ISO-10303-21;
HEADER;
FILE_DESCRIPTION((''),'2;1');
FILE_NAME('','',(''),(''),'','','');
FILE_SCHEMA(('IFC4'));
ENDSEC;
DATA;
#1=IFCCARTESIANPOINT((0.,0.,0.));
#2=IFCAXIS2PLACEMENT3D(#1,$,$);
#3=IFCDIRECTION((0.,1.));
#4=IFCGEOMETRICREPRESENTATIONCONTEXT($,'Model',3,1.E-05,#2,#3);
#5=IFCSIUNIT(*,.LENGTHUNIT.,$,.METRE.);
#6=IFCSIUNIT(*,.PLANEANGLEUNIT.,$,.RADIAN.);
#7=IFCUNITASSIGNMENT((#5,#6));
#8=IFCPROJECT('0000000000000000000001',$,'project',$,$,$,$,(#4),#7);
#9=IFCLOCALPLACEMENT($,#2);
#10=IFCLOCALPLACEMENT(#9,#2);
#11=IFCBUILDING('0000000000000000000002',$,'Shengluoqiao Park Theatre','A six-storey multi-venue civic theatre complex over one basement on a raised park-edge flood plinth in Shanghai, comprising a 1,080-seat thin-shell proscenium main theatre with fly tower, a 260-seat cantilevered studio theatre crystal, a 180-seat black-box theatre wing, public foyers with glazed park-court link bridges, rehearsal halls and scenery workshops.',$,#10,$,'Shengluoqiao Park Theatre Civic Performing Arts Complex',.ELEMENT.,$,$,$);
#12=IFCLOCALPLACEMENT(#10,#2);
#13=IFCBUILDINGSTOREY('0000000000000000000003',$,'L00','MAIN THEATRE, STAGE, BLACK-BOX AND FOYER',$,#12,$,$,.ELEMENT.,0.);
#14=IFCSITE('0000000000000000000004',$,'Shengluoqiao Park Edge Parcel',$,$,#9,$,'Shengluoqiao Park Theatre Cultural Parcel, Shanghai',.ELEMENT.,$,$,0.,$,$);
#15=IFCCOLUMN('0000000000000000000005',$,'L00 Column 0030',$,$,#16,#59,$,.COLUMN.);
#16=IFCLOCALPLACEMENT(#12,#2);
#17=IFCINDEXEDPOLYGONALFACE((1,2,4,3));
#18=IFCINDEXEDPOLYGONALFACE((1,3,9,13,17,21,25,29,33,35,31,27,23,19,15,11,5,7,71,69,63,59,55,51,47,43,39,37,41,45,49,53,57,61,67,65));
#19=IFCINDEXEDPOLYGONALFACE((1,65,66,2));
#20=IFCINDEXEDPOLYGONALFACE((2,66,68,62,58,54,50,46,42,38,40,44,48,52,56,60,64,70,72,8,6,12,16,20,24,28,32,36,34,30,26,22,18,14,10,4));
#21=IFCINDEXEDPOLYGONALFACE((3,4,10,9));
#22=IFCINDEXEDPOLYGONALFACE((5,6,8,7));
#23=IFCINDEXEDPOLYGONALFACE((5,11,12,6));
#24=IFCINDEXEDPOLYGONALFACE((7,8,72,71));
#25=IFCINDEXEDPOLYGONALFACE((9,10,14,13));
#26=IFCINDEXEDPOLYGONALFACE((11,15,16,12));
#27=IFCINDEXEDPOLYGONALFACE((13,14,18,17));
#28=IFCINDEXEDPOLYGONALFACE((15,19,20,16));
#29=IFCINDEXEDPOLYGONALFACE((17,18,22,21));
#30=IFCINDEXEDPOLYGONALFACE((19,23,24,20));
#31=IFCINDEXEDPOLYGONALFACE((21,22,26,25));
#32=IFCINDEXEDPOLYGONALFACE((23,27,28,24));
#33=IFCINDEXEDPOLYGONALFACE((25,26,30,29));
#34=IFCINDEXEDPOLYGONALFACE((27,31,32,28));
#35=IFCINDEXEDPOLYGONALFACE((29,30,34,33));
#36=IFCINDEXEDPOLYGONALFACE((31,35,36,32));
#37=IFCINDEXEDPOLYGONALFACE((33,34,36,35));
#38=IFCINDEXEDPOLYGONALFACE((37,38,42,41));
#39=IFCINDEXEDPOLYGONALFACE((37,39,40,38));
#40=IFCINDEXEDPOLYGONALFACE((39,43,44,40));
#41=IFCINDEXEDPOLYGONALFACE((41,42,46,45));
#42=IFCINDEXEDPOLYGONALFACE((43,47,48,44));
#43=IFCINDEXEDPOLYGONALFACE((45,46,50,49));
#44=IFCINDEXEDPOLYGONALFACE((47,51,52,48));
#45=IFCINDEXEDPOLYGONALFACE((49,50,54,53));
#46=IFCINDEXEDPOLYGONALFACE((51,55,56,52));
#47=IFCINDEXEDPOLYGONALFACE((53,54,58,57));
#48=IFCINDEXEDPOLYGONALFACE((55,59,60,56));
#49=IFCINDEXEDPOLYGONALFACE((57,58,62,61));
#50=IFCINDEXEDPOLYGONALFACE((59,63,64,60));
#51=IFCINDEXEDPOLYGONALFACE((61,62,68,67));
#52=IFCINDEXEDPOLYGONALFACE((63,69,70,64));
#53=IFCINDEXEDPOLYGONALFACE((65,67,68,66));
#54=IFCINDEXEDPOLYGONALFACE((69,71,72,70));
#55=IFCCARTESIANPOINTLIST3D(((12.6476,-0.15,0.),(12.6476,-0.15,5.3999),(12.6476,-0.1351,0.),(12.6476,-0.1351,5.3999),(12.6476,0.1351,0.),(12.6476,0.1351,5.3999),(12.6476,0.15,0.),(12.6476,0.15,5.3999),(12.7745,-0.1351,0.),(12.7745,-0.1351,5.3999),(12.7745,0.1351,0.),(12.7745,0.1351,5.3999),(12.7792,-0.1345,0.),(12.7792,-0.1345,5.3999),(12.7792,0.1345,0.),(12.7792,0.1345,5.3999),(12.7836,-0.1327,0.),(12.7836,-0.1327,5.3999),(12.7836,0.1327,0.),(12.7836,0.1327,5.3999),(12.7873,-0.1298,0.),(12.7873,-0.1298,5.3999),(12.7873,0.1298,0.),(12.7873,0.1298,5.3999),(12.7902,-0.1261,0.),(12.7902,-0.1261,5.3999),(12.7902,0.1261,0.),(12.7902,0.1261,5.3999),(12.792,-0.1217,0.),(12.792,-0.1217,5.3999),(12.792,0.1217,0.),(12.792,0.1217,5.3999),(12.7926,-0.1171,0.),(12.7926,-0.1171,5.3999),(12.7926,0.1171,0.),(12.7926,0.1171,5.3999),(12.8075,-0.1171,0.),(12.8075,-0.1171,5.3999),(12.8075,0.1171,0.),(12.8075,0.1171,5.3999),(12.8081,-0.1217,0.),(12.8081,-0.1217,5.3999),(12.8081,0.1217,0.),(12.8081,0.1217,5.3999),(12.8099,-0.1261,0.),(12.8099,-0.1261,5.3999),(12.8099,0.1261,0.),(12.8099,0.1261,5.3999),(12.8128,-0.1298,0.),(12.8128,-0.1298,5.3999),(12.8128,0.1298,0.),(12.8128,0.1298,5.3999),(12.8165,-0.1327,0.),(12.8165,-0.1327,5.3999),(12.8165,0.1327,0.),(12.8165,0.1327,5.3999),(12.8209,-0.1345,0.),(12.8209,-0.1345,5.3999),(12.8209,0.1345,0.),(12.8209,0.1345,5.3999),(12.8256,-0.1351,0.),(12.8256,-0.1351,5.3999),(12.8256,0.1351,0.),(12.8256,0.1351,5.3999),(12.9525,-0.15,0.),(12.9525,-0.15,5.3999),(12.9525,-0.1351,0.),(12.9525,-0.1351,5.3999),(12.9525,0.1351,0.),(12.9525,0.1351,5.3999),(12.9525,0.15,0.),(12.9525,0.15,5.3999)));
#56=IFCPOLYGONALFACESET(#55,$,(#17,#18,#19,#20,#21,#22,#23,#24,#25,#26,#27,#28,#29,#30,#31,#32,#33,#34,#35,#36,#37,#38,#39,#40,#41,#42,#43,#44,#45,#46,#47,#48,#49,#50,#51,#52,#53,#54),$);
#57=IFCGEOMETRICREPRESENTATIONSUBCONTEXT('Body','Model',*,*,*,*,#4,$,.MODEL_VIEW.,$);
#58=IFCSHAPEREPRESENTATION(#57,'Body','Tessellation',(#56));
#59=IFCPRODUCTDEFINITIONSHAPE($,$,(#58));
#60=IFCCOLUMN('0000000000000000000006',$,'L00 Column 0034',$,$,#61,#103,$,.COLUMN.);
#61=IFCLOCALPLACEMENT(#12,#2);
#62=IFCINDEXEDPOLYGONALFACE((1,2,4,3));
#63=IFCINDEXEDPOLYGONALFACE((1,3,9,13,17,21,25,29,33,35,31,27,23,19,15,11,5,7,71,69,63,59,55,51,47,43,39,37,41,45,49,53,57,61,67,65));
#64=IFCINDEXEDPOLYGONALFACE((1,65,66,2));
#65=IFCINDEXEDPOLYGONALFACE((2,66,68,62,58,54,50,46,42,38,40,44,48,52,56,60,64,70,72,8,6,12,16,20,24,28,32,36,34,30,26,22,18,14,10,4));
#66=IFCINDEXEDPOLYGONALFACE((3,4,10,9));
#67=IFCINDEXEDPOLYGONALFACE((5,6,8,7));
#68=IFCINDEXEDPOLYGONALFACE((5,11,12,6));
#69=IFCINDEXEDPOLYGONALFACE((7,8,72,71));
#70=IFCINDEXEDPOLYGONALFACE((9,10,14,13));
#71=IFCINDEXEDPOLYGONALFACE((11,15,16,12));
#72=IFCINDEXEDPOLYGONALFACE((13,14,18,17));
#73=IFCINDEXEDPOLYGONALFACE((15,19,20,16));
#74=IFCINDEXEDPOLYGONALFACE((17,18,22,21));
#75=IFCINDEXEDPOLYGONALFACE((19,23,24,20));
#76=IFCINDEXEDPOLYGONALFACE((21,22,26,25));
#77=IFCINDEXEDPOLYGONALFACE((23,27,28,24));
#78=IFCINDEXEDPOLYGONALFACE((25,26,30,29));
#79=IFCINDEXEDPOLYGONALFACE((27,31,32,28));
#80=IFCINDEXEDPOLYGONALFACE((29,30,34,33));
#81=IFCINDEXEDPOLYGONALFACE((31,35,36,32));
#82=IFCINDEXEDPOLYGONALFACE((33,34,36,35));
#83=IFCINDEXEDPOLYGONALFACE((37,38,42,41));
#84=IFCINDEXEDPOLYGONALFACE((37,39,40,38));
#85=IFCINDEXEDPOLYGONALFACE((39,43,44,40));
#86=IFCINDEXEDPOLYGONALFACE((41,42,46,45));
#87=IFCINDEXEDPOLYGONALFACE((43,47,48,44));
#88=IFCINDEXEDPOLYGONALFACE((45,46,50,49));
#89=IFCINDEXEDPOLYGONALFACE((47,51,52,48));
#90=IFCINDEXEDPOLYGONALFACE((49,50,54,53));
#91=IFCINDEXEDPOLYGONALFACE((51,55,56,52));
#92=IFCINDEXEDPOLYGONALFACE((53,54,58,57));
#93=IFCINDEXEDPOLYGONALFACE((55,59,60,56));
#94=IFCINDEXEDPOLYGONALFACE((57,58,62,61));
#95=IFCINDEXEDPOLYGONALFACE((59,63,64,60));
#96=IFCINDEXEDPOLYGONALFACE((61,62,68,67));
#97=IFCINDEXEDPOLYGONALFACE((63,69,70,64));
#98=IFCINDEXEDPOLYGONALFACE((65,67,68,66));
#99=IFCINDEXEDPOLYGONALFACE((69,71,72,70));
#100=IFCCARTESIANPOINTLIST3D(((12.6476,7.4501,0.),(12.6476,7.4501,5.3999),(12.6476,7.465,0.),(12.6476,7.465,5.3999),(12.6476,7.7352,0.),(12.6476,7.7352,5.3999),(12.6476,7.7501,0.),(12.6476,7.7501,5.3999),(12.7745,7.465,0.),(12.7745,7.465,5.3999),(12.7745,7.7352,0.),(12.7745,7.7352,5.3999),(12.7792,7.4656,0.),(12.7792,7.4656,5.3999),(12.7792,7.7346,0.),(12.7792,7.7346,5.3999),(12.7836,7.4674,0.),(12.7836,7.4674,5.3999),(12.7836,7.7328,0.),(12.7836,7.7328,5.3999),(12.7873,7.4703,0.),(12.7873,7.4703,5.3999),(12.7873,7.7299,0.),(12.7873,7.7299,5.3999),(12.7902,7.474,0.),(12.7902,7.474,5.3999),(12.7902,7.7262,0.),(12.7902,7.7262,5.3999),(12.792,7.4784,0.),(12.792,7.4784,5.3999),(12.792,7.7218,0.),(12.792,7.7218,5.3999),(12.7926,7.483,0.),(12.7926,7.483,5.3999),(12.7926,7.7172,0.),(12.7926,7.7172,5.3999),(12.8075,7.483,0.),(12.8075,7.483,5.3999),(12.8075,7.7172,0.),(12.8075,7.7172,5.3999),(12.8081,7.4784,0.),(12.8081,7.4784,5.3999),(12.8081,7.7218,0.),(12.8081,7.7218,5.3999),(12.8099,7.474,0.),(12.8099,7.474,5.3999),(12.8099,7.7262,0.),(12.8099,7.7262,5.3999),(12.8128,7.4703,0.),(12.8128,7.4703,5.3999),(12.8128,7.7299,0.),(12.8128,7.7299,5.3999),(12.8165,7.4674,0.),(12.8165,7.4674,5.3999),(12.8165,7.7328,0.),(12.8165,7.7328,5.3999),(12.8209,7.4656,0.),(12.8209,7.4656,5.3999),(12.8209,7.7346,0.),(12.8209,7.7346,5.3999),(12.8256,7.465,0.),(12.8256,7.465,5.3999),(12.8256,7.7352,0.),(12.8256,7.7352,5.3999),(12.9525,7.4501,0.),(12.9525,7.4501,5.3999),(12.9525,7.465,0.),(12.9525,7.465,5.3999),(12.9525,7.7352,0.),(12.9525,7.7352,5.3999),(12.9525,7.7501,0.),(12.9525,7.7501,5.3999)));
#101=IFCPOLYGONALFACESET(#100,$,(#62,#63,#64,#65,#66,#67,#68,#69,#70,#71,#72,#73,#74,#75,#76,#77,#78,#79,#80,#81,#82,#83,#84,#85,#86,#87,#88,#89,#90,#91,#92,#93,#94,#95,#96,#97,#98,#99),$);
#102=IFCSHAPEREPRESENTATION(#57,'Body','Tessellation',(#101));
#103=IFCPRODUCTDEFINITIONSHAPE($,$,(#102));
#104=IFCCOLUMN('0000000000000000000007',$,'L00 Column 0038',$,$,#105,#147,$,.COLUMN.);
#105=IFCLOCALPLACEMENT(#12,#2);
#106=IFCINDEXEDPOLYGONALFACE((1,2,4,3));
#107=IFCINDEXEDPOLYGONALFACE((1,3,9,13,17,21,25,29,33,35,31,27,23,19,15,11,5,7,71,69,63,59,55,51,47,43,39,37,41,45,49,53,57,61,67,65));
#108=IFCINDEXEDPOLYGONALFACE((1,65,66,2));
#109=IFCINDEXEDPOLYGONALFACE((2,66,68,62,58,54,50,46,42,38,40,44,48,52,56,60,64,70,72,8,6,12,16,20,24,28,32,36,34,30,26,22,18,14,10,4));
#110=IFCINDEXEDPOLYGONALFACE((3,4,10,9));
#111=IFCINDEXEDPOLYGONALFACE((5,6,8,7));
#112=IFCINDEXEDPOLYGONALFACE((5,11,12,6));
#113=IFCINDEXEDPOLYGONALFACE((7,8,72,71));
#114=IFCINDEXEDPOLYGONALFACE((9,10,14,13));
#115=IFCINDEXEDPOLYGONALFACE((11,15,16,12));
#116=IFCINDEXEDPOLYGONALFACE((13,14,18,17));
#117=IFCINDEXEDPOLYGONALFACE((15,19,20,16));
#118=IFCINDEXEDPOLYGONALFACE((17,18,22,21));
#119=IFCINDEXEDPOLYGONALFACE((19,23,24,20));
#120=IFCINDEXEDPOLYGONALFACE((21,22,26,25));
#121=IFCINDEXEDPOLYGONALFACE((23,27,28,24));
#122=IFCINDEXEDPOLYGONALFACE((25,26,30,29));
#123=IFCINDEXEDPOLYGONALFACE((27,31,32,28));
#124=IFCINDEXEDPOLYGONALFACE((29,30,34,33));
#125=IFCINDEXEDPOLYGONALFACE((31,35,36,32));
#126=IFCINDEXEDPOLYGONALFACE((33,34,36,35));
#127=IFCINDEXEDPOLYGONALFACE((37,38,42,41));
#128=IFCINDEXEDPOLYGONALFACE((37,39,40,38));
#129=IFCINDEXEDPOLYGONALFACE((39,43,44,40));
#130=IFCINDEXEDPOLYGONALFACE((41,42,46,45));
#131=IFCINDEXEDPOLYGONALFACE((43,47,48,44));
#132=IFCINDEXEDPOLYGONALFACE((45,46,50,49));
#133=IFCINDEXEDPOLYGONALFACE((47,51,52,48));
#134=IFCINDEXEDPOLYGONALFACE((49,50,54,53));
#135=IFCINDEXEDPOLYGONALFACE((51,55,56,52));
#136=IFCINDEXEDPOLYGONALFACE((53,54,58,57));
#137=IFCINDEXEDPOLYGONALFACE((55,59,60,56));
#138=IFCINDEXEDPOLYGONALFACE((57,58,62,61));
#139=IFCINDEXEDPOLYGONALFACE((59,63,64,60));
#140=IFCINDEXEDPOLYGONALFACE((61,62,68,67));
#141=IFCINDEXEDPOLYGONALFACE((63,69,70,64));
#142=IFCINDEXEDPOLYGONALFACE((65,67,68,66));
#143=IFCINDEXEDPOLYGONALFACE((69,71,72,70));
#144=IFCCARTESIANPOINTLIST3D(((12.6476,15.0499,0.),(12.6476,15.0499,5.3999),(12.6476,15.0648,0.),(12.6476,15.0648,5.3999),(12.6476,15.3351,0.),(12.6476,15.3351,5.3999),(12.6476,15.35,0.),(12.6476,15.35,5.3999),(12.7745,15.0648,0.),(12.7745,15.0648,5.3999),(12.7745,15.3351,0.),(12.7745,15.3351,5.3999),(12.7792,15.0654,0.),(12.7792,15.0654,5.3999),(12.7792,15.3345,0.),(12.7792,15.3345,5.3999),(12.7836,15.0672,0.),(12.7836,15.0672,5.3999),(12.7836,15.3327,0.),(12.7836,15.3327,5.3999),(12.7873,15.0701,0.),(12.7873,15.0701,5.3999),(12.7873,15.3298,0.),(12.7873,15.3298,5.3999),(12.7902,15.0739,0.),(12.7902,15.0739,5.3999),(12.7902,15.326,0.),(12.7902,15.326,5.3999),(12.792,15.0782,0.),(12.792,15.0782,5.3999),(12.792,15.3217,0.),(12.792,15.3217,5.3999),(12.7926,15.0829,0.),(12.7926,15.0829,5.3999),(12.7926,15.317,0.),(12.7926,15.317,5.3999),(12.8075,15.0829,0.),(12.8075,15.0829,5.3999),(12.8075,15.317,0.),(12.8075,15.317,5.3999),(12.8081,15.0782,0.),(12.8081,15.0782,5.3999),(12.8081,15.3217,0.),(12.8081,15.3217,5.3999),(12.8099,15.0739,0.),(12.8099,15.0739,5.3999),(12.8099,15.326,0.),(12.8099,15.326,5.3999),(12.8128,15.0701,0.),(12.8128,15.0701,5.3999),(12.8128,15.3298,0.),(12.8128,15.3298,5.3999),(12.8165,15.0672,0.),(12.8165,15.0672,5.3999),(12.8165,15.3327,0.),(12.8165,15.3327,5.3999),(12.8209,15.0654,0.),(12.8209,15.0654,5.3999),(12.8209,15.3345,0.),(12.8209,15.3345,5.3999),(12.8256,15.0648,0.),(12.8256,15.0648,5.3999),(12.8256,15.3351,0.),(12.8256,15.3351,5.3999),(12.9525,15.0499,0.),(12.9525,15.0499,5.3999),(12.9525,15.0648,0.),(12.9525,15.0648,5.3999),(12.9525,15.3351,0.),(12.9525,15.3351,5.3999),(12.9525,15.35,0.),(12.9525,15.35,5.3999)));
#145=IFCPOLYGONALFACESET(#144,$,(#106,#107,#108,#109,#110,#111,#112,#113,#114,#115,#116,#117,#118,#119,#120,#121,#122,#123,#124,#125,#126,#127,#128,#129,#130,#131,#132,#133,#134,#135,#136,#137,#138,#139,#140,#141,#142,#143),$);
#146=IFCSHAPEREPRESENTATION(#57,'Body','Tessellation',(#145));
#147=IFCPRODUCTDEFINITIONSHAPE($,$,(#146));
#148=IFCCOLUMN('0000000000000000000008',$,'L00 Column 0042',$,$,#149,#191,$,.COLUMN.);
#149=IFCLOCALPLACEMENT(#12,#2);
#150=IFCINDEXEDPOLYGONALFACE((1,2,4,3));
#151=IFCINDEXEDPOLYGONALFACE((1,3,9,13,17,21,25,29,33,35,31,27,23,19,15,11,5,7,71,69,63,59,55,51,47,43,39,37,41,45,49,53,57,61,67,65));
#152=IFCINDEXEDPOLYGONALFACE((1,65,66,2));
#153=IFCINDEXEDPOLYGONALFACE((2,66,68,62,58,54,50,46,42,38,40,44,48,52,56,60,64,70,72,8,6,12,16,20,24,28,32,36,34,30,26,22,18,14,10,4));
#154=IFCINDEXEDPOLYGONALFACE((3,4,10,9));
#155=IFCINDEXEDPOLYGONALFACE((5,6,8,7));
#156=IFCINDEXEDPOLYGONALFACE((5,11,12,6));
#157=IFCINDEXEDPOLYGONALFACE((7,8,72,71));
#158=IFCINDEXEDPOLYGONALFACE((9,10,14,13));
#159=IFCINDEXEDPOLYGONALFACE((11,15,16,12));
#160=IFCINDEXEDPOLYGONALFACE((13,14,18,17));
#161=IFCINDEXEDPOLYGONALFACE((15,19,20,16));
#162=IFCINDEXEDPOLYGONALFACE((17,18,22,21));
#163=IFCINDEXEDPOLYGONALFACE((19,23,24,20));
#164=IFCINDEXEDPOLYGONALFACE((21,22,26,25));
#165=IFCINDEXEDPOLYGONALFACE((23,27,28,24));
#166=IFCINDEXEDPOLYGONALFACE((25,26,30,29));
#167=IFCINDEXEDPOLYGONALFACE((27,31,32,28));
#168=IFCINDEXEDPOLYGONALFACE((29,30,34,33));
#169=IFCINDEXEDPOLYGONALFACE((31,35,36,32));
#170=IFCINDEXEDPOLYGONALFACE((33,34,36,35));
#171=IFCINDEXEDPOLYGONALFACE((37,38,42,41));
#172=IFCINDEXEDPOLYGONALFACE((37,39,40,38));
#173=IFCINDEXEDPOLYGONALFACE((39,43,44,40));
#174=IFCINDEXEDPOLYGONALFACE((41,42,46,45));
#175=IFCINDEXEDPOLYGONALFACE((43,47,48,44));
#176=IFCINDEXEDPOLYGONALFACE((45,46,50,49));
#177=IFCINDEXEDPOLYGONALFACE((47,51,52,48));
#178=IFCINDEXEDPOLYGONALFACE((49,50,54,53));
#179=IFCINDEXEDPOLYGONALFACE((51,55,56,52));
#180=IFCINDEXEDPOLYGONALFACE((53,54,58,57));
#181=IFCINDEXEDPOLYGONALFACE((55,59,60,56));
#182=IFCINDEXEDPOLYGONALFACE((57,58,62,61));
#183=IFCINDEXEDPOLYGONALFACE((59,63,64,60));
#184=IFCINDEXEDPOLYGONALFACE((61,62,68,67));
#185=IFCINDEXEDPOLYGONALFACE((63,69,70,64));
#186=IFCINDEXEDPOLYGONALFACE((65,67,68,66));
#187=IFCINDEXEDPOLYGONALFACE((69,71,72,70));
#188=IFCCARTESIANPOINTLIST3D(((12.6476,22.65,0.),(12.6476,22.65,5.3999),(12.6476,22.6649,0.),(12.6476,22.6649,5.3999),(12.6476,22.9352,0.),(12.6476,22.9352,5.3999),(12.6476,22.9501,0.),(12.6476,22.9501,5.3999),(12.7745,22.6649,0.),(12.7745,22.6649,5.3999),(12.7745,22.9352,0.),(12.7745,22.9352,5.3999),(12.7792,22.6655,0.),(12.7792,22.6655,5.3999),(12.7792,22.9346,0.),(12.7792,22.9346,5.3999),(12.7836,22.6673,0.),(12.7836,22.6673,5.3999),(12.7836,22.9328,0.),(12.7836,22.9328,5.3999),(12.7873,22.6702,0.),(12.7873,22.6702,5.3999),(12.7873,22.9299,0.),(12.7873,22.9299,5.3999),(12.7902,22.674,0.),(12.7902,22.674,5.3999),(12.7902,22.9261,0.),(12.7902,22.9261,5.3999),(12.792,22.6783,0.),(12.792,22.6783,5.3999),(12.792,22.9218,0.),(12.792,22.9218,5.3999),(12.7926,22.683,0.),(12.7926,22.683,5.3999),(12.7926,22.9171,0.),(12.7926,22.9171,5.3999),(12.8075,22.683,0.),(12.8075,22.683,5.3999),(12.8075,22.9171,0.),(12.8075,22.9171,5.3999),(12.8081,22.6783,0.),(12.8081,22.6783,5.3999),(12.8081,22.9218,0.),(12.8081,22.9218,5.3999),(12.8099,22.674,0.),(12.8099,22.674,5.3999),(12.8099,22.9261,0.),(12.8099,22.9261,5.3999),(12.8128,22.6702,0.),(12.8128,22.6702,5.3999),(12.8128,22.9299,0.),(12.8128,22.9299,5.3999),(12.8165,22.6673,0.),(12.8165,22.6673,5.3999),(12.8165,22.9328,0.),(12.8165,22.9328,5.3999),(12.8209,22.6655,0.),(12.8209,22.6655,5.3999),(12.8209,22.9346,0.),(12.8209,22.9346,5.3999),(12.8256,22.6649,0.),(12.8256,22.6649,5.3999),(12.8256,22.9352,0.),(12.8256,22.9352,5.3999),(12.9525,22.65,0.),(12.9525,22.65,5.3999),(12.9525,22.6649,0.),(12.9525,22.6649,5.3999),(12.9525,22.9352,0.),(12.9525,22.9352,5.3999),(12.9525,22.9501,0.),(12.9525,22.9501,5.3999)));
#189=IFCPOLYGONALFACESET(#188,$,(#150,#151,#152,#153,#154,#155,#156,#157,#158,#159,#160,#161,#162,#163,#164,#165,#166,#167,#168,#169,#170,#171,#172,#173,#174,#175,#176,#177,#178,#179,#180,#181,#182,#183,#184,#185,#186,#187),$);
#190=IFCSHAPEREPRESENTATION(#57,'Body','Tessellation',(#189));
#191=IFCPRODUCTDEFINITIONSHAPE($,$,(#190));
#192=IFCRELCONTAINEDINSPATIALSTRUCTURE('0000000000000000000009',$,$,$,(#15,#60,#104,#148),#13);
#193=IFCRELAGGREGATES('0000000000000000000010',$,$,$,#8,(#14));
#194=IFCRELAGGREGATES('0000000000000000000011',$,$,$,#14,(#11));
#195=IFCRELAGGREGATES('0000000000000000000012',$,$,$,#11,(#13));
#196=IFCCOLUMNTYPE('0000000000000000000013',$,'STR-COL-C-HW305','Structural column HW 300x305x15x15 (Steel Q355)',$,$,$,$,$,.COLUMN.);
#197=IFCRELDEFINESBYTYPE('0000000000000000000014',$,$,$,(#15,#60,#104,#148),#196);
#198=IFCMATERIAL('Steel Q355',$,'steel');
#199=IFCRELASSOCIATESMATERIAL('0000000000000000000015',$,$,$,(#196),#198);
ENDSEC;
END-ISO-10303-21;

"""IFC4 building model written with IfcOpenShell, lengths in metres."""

from ifc_helpers import new_model, si_unit, direction, frame, origin, origin_2d, place, context, subcontext, project, spatial, i_section, extrude, material, material_profile, profile_set, type_object, element, save


model = new_model("IFC4")

# Units and contexts
model_context = context("Model", 3, precision=1e-05, world=origin(), true_north=direction((0.0, 1.0)))
body_context = subcontext(model_context, "Body", "Model", "MODEL_VIEW")
ifc_project = project(units=[si_unit("LENGTHUNIT", "METRE"), si_unit("PLANEANGLEUNIT", "RADIAN")], contexts=[model_context])

# Site, building, storey
site_placement = place(None, origin())
site = spatial("IfcSite", under=ifc_project, at=site_placement, Name="Shengluoqiao Park Edge Parcel", LongName="Shengluoqiao Park Theatre Cultural Parcel, Shanghai", CompositionType="ELEMENT", RefElevation=0.0)
building_placement = place(site_placement, origin())
building = spatial("IfcBuilding", under=site, at=building_placement, Name="Shengluoqiao Park Theatre", Description="A six-storey multi-venue civic theatre complex over one basement on a raised park-edge flood plinth in Shanghai, comprising a 1,080-seat thin-shell proscenium main theatre with fly tower, a 260-seat cantilevered studio theatre crystal, a 180-seat black-box theatre wing, public foyers with glazed park-court link bridges, rehearsal halls and scenery workshops.", LongName="Shengluoqiao Park Theatre Civic Performing Arts Complex", CompositionType="ELEMENT")
storey_placement = place(building_placement, origin())
storey = spatial("IfcBuildingStorey", under=building, at=storey_placement, Name="L00", Description="MAIN THEATRE, STAGE, BLACK-BOX AND FOYER", CompositionType="ELEMENT", Elevation=0.0)

# Columns
ifc_material_1 = material(Name="Steel Q355", Category="steel")
ifc_material_profile_1 = material_profile(ifc_material_1, i_section(OverallWidth=0.3049, OverallDepth=0.3, WebThickness=0.0149, FlangeThickness=0.0149, FilletRadius=0.0181, at=origin_2d()), Name="HW 300x305x15x15")
ifc_profile_set_1 = profile_set([ifc_material_profile_1], Name="Steel Q355")
column_type = type_object("IfcColumnType", Name="STR-COL-C-HW305", Description="Structural column HW 300x305x15x15 (Steel Q355)", PredefinedType="COLUMN", material=ifc_profile_set_1)
for number, where, z_axis, x_axis, name in (
    (1, (12.8, 0.0, 0.0), (0.0, 0.0, 1.0), (1.0, 0.0, 0.0), "L00 Column 0030"),
    (2, (12.8, 7.6001, 0.0), (0.0, 0.0, 1.0), (1.0, 0.0, 0.0), "L00 Column 0034"),
    (3, (12.8, 15.2, 0.0), (0.0, 0.0, 1.0), (1.0, 0.0, 0.0), "L00 Column 0038"),
    (4, (12.8, 22.8, 0.0), (0.0, 0.0, 1.0), (1.0, 0.0, 0.0), "L00 Column 0042"),
):
    element("IfcColumn", number, at=place(storey_placement, frame(where, z_axis=z_axis, x_axis=x_axis)), inside=storey, type_object=column_type, Name=name, PredefinedType="COLUMN", context=body_context, shape_type="SweptSolid", body=[
        extrude(i_section(OverallWidth=0.3049, OverallDepth=0.3, WebThickness=0.0149, FlangeThickness=0.0149, FilletRadius=0.0181, at=origin_2d()), origin(), (0.0, 0.0, 1.0), 5.3999),
    ])

save(model, "model.ifc")
